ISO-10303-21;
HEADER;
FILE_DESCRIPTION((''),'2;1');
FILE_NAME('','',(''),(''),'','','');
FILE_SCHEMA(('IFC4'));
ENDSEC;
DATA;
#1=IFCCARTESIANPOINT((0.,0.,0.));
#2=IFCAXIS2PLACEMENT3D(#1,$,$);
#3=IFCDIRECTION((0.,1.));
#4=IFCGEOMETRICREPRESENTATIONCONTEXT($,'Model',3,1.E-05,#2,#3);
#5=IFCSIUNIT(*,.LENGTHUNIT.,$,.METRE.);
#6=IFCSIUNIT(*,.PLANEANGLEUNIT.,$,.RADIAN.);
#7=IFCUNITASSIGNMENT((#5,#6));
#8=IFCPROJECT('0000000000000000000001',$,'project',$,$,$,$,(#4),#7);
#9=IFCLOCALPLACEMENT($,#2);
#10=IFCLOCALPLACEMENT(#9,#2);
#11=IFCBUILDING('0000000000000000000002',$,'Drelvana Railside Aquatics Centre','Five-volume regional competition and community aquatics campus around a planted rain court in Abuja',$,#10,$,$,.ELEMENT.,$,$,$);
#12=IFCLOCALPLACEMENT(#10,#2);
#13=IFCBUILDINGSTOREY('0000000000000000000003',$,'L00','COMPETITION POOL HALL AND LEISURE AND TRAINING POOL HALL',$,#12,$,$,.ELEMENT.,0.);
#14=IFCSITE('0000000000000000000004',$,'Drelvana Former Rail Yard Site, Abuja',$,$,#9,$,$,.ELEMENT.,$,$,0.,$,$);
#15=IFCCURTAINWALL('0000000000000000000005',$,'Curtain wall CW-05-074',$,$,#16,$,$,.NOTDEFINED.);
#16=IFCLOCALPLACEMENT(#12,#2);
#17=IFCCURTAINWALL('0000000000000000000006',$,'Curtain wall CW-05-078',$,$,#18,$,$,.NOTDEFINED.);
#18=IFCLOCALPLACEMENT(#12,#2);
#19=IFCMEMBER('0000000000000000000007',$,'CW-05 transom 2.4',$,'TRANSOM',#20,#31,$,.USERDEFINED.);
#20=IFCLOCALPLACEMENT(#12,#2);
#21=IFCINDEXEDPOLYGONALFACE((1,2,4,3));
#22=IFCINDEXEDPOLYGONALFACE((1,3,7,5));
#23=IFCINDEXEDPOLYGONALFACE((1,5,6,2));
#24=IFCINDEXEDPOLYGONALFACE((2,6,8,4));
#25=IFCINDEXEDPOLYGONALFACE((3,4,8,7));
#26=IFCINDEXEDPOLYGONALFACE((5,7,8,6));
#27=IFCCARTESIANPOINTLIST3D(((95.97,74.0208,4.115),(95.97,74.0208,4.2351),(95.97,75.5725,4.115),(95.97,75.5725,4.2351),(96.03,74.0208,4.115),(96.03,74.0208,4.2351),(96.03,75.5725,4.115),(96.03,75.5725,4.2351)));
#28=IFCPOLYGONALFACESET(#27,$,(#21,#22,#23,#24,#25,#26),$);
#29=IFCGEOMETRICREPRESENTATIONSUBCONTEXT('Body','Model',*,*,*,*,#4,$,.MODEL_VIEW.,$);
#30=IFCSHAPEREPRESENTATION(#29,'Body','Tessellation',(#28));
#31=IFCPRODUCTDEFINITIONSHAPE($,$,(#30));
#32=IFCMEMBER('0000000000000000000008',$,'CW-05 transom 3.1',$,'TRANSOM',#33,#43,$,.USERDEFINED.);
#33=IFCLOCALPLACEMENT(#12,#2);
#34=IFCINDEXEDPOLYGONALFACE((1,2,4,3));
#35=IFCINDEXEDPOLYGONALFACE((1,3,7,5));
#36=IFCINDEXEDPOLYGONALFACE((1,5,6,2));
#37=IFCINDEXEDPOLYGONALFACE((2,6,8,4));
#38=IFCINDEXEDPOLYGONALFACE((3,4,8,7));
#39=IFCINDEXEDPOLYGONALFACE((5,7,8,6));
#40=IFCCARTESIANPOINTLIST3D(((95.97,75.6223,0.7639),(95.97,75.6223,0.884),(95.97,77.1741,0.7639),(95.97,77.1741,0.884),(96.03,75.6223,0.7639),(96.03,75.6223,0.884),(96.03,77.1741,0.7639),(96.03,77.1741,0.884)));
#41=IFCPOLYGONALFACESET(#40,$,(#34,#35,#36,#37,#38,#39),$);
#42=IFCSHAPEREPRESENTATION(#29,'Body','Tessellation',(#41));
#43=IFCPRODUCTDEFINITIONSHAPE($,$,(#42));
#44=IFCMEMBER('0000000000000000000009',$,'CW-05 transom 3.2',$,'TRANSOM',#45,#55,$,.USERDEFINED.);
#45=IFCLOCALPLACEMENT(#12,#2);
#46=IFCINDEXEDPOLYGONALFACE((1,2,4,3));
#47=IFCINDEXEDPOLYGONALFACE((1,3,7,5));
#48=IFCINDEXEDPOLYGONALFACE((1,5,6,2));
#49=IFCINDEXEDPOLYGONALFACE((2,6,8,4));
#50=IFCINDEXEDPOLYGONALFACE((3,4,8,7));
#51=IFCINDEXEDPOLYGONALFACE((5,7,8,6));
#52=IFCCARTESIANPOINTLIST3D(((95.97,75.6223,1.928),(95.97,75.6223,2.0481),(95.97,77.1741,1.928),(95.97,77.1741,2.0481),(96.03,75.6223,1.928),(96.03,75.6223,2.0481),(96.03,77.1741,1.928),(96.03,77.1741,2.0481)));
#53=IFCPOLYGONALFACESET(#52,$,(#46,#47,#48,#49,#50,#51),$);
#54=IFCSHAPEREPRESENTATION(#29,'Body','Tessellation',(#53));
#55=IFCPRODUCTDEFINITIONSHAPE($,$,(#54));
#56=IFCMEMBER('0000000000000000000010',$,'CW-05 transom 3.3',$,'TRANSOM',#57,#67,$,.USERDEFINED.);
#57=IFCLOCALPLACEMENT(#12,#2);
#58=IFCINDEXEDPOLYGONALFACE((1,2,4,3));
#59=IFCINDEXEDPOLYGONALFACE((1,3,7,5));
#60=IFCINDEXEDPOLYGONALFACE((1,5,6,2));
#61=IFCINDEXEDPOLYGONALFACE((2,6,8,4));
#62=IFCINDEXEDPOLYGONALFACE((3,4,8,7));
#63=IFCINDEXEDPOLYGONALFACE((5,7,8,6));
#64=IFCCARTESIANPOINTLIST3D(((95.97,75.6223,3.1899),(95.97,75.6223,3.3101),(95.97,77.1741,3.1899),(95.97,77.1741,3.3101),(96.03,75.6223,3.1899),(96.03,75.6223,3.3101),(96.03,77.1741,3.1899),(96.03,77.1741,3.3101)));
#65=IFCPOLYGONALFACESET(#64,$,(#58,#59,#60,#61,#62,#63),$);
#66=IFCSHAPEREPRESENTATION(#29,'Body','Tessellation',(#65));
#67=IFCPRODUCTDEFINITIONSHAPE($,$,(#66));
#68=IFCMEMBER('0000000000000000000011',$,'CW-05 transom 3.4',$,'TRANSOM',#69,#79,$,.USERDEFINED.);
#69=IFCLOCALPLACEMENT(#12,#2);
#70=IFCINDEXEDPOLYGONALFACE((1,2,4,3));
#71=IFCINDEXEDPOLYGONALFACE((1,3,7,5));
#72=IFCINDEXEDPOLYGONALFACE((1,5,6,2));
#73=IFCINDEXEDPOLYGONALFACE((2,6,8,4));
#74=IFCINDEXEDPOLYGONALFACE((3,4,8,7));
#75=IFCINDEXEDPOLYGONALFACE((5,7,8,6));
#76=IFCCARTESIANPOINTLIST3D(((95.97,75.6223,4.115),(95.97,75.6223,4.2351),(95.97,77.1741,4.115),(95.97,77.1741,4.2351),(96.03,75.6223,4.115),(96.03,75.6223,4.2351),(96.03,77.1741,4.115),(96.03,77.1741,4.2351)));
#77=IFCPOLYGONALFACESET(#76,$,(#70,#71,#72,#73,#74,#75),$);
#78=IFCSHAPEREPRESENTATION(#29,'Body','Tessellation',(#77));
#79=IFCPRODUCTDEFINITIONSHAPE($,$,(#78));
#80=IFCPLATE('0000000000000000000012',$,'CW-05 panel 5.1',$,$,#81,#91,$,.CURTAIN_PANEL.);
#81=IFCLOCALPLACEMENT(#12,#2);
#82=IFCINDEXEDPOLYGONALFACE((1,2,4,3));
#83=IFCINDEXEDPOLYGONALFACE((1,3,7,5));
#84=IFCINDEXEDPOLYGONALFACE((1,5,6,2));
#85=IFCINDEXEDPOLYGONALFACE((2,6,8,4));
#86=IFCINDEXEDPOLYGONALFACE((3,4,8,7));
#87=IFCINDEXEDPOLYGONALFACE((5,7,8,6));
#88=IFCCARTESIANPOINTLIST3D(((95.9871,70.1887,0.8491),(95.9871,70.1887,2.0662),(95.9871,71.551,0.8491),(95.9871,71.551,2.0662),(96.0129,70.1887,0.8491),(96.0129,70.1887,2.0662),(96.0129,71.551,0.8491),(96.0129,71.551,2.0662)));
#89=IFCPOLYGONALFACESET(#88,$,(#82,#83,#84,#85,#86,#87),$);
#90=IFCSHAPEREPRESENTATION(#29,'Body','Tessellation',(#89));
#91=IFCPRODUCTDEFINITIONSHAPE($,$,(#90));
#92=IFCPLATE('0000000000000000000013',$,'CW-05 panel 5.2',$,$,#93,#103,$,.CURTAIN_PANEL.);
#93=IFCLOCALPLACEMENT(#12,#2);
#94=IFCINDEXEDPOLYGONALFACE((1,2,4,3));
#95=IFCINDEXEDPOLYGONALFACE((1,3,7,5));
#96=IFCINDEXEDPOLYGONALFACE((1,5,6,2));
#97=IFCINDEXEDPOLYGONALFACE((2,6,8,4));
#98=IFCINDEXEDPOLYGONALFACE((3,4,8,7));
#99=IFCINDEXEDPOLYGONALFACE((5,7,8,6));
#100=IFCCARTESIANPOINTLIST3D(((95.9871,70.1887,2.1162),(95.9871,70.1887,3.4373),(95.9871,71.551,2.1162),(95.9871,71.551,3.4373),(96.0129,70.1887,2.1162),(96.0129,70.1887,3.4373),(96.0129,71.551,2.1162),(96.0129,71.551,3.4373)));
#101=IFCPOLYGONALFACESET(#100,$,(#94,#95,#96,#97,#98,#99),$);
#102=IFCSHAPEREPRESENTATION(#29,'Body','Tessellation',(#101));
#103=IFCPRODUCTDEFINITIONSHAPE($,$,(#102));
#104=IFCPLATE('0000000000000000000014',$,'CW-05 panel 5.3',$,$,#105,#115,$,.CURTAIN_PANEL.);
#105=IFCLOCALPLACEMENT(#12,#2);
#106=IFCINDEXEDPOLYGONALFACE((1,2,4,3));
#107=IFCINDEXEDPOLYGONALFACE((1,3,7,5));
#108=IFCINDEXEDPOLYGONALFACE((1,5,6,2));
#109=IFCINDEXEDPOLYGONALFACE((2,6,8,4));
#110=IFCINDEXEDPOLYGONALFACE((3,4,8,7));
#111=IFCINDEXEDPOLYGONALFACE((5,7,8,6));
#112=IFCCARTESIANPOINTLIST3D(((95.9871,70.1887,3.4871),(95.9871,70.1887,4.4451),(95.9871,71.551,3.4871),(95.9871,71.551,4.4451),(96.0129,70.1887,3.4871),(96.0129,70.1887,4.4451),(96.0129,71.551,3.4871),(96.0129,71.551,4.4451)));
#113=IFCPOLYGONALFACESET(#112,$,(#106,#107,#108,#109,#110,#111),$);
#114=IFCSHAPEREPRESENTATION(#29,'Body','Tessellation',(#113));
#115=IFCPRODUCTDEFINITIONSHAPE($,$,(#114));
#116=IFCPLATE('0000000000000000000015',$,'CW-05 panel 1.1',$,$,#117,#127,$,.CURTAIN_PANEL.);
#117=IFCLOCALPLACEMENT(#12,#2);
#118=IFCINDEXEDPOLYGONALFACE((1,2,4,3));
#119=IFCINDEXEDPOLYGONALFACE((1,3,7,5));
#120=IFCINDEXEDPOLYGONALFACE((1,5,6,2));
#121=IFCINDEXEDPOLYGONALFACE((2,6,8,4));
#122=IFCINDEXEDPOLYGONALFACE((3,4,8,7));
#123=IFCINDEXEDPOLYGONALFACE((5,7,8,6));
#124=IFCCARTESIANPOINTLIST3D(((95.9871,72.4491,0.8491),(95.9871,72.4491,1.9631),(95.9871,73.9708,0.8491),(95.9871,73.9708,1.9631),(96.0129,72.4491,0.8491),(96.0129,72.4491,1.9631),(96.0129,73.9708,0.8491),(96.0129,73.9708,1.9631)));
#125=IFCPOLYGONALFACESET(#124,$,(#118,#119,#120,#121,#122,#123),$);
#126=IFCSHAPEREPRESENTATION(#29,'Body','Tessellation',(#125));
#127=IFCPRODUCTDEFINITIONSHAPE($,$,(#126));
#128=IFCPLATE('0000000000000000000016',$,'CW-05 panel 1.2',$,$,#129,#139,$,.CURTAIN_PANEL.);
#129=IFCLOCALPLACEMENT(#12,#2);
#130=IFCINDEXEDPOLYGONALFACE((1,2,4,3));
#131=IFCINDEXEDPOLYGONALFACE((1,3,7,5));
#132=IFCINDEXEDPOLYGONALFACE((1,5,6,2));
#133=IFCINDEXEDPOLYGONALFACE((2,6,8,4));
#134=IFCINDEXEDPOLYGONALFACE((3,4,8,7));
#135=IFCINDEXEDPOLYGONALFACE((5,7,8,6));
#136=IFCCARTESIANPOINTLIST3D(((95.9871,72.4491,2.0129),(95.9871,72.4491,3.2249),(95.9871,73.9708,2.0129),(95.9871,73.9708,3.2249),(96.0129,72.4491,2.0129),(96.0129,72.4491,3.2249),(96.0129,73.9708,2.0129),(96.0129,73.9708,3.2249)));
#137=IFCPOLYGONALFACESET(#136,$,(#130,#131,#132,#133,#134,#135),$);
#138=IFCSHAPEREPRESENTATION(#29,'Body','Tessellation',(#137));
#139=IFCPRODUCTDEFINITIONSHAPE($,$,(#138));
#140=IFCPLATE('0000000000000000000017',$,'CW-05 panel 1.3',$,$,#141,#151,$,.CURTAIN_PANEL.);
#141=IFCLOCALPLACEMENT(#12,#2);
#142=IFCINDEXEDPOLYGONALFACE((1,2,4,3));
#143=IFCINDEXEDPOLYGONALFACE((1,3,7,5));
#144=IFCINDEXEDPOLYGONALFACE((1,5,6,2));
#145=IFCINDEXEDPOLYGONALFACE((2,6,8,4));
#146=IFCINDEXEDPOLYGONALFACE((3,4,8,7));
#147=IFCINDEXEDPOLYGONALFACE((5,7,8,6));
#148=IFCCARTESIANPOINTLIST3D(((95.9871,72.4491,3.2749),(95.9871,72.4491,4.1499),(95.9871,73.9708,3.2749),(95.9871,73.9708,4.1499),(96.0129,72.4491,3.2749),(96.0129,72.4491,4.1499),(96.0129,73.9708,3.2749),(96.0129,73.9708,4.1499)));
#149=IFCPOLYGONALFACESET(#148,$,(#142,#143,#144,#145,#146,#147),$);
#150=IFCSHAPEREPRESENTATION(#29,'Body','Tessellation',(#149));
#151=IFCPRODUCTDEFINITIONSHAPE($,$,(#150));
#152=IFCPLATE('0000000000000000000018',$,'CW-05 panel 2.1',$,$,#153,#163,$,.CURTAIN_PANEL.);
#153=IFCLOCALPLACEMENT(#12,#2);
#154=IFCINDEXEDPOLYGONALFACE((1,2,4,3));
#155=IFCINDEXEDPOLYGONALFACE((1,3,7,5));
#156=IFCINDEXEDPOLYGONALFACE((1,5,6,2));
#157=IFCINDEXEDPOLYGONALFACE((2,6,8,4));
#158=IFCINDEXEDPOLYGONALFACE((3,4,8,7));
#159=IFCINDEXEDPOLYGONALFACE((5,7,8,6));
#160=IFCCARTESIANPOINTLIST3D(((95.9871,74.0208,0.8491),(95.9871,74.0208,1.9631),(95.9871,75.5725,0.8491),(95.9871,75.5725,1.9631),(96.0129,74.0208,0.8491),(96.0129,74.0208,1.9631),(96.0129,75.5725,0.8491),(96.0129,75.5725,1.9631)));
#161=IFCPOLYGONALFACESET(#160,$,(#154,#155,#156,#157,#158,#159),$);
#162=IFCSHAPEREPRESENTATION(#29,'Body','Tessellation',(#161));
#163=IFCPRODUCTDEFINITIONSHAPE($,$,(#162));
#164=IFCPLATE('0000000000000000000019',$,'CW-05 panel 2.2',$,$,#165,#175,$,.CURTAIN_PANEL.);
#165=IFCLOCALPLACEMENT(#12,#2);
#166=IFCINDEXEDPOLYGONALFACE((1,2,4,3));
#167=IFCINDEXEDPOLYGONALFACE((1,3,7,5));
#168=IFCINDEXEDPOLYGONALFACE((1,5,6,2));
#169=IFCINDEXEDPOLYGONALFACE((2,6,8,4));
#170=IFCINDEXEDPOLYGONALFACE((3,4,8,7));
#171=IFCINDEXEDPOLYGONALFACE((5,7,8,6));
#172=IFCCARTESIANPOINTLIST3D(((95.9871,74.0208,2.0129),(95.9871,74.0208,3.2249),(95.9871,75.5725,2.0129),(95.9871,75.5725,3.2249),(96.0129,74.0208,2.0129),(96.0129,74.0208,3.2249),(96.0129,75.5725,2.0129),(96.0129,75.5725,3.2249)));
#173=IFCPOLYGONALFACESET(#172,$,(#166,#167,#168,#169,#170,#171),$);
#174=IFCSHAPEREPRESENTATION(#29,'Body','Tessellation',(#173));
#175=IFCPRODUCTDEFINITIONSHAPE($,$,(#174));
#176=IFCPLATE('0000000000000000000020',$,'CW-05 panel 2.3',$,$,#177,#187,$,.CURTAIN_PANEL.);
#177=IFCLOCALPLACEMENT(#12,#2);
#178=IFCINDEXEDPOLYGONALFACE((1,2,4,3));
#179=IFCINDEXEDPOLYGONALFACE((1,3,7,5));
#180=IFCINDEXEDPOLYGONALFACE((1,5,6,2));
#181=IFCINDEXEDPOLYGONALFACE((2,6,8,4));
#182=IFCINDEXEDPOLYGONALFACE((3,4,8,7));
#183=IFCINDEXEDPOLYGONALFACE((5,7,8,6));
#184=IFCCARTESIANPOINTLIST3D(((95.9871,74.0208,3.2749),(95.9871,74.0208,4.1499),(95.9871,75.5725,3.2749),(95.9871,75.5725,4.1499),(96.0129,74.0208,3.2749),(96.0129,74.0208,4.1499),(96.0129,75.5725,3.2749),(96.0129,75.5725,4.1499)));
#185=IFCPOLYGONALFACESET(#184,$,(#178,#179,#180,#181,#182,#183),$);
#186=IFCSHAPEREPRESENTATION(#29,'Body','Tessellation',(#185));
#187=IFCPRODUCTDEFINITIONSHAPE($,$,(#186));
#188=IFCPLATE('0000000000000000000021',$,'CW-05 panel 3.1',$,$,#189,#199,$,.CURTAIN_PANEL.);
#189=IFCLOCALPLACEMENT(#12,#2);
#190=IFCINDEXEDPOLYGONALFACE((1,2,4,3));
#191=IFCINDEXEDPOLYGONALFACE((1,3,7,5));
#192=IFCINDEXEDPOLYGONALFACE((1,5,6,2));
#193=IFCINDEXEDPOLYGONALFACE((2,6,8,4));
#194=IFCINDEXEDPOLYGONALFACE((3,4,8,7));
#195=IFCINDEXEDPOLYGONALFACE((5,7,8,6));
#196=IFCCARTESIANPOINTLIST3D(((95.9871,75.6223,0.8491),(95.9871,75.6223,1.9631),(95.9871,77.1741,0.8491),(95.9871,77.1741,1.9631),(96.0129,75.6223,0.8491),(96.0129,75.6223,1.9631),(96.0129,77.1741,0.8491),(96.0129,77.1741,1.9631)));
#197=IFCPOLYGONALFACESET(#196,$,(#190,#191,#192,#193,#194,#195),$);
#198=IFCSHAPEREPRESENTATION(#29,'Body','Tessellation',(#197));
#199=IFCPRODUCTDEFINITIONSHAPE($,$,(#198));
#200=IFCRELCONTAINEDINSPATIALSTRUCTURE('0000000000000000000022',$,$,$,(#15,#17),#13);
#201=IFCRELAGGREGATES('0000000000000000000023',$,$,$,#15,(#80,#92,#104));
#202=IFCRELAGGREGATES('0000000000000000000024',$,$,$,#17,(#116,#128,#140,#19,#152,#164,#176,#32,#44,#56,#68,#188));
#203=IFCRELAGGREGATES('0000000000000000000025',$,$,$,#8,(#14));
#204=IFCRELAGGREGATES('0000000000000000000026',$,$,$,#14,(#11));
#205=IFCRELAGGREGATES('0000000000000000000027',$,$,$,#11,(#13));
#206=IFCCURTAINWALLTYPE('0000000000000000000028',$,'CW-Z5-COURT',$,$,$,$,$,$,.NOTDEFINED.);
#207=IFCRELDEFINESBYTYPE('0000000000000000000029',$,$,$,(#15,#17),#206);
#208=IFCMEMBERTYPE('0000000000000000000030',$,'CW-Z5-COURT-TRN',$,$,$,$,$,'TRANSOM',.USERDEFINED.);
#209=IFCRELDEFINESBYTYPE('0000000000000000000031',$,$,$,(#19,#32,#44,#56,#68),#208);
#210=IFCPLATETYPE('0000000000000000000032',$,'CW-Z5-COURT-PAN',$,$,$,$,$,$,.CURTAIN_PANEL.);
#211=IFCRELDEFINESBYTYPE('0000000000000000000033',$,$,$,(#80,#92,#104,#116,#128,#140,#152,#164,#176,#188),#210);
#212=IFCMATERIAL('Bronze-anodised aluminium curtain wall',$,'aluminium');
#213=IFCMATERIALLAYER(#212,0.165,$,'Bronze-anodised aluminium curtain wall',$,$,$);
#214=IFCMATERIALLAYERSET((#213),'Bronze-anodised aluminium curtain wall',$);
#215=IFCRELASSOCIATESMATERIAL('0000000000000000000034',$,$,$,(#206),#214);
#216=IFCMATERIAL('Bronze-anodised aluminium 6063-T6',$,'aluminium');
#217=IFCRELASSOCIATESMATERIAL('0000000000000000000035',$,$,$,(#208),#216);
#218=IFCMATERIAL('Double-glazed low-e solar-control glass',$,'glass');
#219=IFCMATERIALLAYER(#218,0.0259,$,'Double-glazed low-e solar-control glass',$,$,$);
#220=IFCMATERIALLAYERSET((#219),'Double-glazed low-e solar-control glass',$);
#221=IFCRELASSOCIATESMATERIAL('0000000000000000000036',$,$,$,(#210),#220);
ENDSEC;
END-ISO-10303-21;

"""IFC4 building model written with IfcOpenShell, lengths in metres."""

from ifc_helpers import new_model, si_unit, direction, frame, origin, origin_2d, place, context, subcontext, project, spatial, rectangle, extrude, material, layer, layer_set, material_profile, profile_set, type_object, element, aggregate, save


model = new_model("IFC4")

# Units and contexts
model_context = context("Model", 3, precision=1e-05, world=origin(), true_north=direction((0.0, 1.0)))
body_context = subcontext(model_context, "Body", "Model", "MODEL_VIEW")
ifc_project = project(units=[si_unit("LENGTHUNIT", "METRE"), si_unit("PLANEANGLEUNIT", "RADIAN")], contexts=[model_context])

# Site, building, storey
site_placement = place(None, origin())
site = spatial("IfcSite", under=ifc_project, at=site_placement, Name="Drelvana Former Rail Yard Site, Abuja", CompositionType="ELEMENT", RefElevation=0.0)
building_placement = place(site_placement, origin())
building = spatial("IfcBuilding", under=site, at=building_placement, Name="Drelvana Railside Aquatics Centre", Description="Five-volume regional competition and community aquatics campus around a planted rain court in Abuja", CompositionType="ELEMENT")
storey_placement = place(building_placement, origin())
storey = spatial("IfcBuildingStorey", under=building, at=storey_placement, Name="L00", Description="COMPETITION POOL HALL AND LEISURE AND TRAINING POOL HALL", CompositionType="ELEMENT", Elevation=0.0)

# Curtain wall
ifc_material_1 = material(Name="Bronze-anodised aluminium curtain wall", Category="aluminium")
ifc_layer_1 = layer(ifc_material_1, 0.165, Name="Bronze-anodised aluminium curtain wall")
ifc_layer_set_1 = layer_set([ifc_layer_1], Name="Bronze-anodised aluminium curtain wall")
curtain_wall_type = type_object("IfcCurtainWallType", Name="CW-Z5-COURT", PredefinedType="NOTDEFINED", material=ifc_layer_set_1)
curtain_wall_1_placement = place(storey_placement, origin())
curtain_wall_1 = element("IfcCurtainWall", 1, at=curtain_wall_1_placement, inside=storey, type_object=curtain_wall_type, Name="Curtain wall CW-05-074", PredefinedType="NOTDEFINED")
ifc_material_2 = material(Name="Bronze-anodised aluminium 6063-T6", Category="aluminium")

# Curtain wall
curtain_wall_2_placement = place(storey_placement, origin())
curtain_wall_2 = element("IfcCurtainWall", 2, at=curtain_wall_2_placement, inside=storey, type_object=curtain_wall_type, Name="Curtain wall CW-05-078", PredefinedType="NOTDEFINED")

# Members
ifc_material_profile_1 = material_profile(ifc_material_2, rectangle(XDim=0.1201, YDim=0.0601, at=origin_2d()), Name="ALU-T 60x120")
ifc_profile_set_1 = profile_set([ifc_material_profile_1], Name="Bronze-anodised aluminium 6063-T6")
member_type_1 = type_object("IfcMemberType", Name="CW-Z5-COURT-TRN", ElementType="TRANSOM", PredefinedType="USERDEFINED", material=ifc_profile_set_1)
member_1_placement = place(storey_placement, frame((96.0, 74.0208, 4.175), z_axis=(0.0, 1.0, 0.0), x_axis=(0.0, 0.0, 1.0)))
member_1 = element("IfcMember", 3, at=member_1_placement, type_object=member_type_1, Name="CW-05 transom 2.4", ObjectType="TRANSOM", PredefinedType="USERDEFINED", context=body_context, shape_type="SweptSolid", body=[
    extrude(rectangle(XDim=0.1201, YDim=0.0601, at=origin_2d()), origin(), (0.0, 0.0, 1.0), 1.5518),
])
member_2_placement = place(storey_placement, frame((96.0, 75.6223, 0.824), z_axis=(0.0, 1.0, 0.0), x_axis=(0.0, 0.0, 1.0)))
member_2 = element("IfcMember", 4, at=member_2_placement, type_object=member_type_1, Name="CW-05 transom 3.1", ObjectType="TRANSOM", PredefinedType="USERDEFINED", context=body_context, shape_type="SweptSolid", body=[
    extrude(rectangle(XDim=0.1201, YDim=0.0601, at=origin_2d()), origin(), (0.0, 0.0, 1.0), 1.5518),
])
member_3_placement = place(storey_placement, frame((96.0, 75.6223, 1.988), z_axis=(0.0, 1.0, 0.0), x_axis=(0.0, 0.0, 1.0)))
member_3 = element("IfcMember", 5, at=member_3_placement, type_object=member_type_1, Name="CW-05 transom 3.2", ObjectType="TRANSOM", PredefinedType="USERDEFINED", context=body_context, shape_type="SweptSolid", body=[
    extrude(rectangle(XDim=0.1201, YDim=0.0601, at=origin_2d()), origin(), (0.0, 0.0, 1.0), 1.5518),
])
member_4_placement = place(storey_placement, frame((96.0, 75.6223, 3.25), z_axis=(0.0, 1.0, 0.0), x_axis=(0.0, 0.0, 1.0)))
member_4 = element("IfcMember", 6, at=member_4_placement, type_object=member_type_1, Name="CW-05 transom 3.3", ObjectType="TRANSOM", PredefinedType="USERDEFINED", context=body_context, shape_type="SweptSolid", body=[
    extrude(rectangle(XDim=0.1201, YDim=0.0601, at=origin_2d()), origin(), (0.0, 0.0, 1.0), 1.5518),
])
member_5_placement = place(storey_placement, frame((96.0, 75.6223, 4.175), z_axis=(0.0, 1.0, 0.0), x_axis=(0.0, 0.0, 1.0)))
member_5 = element("IfcMember", 7, at=member_5_placement, type_object=member_type_1, Name="CW-05 transom 3.4", ObjectType="TRANSOM", PredefinedType="USERDEFINED", context=body_context, shape_type="SweptSolid", body=[
    extrude(rectangle(XDim=0.1201, YDim=0.0601, at=origin_2d()), origin(), (0.0, 0.0, 1.0), 1.5518),
])

# Plates
ifc_material_3 = material(Name="Double-glazed low-e solar-control glass", Category="glass")
ifc_layer_2 = layer(ifc_material_3, 0.0259, Name="Double-glazed low-e solar-control glass")
ifc_layer_set_2 = layer_set([ifc_layer_2], Name="Double-glazed low-e solar-control glass")
plate_type = type_object("IfcPlateType", Name="CW-Z5-COURT-PAN", PredefinedType="CURTAIN_PANEL", material=ifc_layer_set_2)
plate_1_placement = place(storey_placement, frame((96.0, 70.8699, 0.8491), z_axis=(0.0, 0.0, 1.0), x_axis=(0.0, 1.0, 0.0)))
plate_1 = element("IfcPlate", 8, at=plate_1_placement, type_object=plate_type, Name="CW-05 panel 5.1", PredefinedType="CURTAIN_PANEL", context=body_context, shape_type="SweptSolid", body=[
    extrude(rectangle(XDim=1.3623, YDim=0.0259, at=origin_2d()), origin(), (0.0, 0.0, 1.0), 1.217),
])
plate_2_placement = place(storey_placement, frame((96.0, 70.8699, 2.1162), z_axis=(0.0, 0.0, 1.0), x_axis=(0.0, 1.0, 0.0)))
plate_2 = element("IfcPlate", 9, at=plate_2_placement, type_object=plate_type, Name="CW-05 panel 5.2", PredefinedType="CURTAIN_PANEL", context=body_context, shape_type="SweptSolid", body=[
    extrude(rectangle(XDim=1.3623, YDim=0.0259, at=origin_2d()), origin(), (0.0, 0.0, 1.0), 1.321),
])
plate_3_placement = place(storey_placement, frame((96.0, 70.8699, 3.4871), z_axis=(0.0, 0.0, 1.0), x_axis=(0.0, 1.0, 0.0)))
plate_3 = element("IfcPlate", 10, at=plate_3_placement, type_object=plate_type, Name="CW-05 panel 5.3", PredefinedType="CURTAIN_PANEL", context=body_context, shape_type="SweptSolid", body=[
    extrude(rectangle(XDim=1.3623, YDim=0.0259, at=origin_2d()), origin(), (0.0, 0.0, 1.0), 0.958),
])
aggregate(curtain_wall_1, [plate_1, plate_2, plate_3])
plate_4_placement = place(storey_placement, frame((96.0, 73.21, 0.8491), z_axis=(0.0, 0.0, 1.0), x_axis=(0.0, 1.0, 0.0)))
plate_4 = element("IfcPlate", 11, at=plate_4_placement, type_object=plate_type, Name="CW-05 panel 1.1", PredefinedType="CURTAIN_PANEL", context=body_context, shape_type="SweptSolid", body=[
    extrude(rectangle(XDim=1.5217, YDim=0.0259, at=origin_2d()), origin(), (0.0, 0.0, 1.0), 1.114),
])
plate_5_placement = place(storey_placement, frame((96.0, 73.21, 2.0129), z_axis=(0.0, 0.0, 1.0), x_axis=(0.0, 1.0, 0.0)))
plate_5 = element("IfcPlate", 12, at=plate_5_placement, type_object=plate_type, Name="CW-05 panel 1.2", PredefinedType="CURTAIN_PANEL", context=body_context, shape_type="SweptSolid", body=[
    extrude(rectangle(XDim=1.5217, YDim=0.0259, at=origin_2d()), origin(), (0.0, 0.0, 1.0), 1.2119),
])
plate_6_placement = place(storey_placement, frame((96.0, 73.21, 3.2749), z_axis=(0.0, 0.0, 1.0), x_axis=(0.0, 1.0, 0.0)))
plate_6 = element("IfcPlate", 13, at=plate_6_placement, type_object=plate_type, Name="CW-05 panel 1.3", PredefinedType="CURTAIN_PANEL", context=body_context, shape_type="SweptSolid", body=[
    extrude(rectangle(XDim=1.5217, YDim=0.0259, at=origin_2d()), origin(), (0.0, 0.0, 1.0), 0.875),
])
plate_7_placement = place(storey_placement, frame((96.0, 74.7966, 0.8491), z_axis=(0.0, 0.0, 1.0), x_axis=(0.0, 1.0, 0.0)))
plate_7 = element("IfcPlate", 14, at=plate_7_placement, type_object=plate_type, Name="CW-05 panel 2.1", PredefinedType="CURTAIN_PANEL", context=body_context, shape_type="SweptSolid", body=[
    extrude(rectangle(XDim=1.5518, YDim=0.0259, at=origin_2d()), origin(), (0.0, 0.0, 1.0), 1.114),
])
plate_8_placement = place(storey_placement, frame((96.0, 74.7966, 2.0129), z_axis=(0.0, 0.0, 1.0), x_axis=(0.0, 1.0, 0.0)))
plate_8 = element("IfcPlate", 15, at=plate_8_placement, type_object=plate_type, Name="CW-05 panel 2.2", PredefinedType="CURTAIN_PANEL", context=body_context, shape_type="SweptSolid", body=[
    extrude(rectangle(XDim=1.5518, YDim=0.0259, at=origin_2d()), origin(), (0.0, 0.0, 1.0), 1.2119),
])
plate_9_placement = place(storey_placement, frame((96.0, 74.7966, 3.2749), z_axis=(0.0, 0.0, 1.0), x_axis=(0.0, 1.0, 0.0)))
plate_9 = element("IfcPlate", 16, at=plate_9_placement, type_object=plate_type, Name="CW-05 panel 2.3", PredefinedType="CURTAIN_PANEL", context=body_context, shape_type="SweptSolid", body=[
    extrude(rectangle(XDim=1.5518, YDim=0.0259, at=origin_2d()), origin(), (0.0, 0.0, 1.0), 0.875),
])
plate_10_placement = place(storey_placement, frame((96.0, 76.3982, 0.8491), z_axis=(0.0, 0.0, 1.0), x_axis=(0.0, 1.0, 0.0)))
plate_10 = element("IfcPlate", 17, at=plate_10_placement, type_object=plate_type, Name="CW-05 panel 3.1", PredefinedType="CURTAIN_PANEL", context=body_context, shape_type="SweptSolid", body=[
    extrude(rectangle(XDim=1.5518, YDim=0.0259, at=origin_2d()), origin(), (0.0, 0.0, 1.0), 1.114),
])
aggregate(curtain_wall_2, [plate_4, plate_5, plate_6, member_1, plate_7, plate_8, plate_9, member_2, member_3, member_4, member_5, plate_10])

save(model, "model.ifc")
